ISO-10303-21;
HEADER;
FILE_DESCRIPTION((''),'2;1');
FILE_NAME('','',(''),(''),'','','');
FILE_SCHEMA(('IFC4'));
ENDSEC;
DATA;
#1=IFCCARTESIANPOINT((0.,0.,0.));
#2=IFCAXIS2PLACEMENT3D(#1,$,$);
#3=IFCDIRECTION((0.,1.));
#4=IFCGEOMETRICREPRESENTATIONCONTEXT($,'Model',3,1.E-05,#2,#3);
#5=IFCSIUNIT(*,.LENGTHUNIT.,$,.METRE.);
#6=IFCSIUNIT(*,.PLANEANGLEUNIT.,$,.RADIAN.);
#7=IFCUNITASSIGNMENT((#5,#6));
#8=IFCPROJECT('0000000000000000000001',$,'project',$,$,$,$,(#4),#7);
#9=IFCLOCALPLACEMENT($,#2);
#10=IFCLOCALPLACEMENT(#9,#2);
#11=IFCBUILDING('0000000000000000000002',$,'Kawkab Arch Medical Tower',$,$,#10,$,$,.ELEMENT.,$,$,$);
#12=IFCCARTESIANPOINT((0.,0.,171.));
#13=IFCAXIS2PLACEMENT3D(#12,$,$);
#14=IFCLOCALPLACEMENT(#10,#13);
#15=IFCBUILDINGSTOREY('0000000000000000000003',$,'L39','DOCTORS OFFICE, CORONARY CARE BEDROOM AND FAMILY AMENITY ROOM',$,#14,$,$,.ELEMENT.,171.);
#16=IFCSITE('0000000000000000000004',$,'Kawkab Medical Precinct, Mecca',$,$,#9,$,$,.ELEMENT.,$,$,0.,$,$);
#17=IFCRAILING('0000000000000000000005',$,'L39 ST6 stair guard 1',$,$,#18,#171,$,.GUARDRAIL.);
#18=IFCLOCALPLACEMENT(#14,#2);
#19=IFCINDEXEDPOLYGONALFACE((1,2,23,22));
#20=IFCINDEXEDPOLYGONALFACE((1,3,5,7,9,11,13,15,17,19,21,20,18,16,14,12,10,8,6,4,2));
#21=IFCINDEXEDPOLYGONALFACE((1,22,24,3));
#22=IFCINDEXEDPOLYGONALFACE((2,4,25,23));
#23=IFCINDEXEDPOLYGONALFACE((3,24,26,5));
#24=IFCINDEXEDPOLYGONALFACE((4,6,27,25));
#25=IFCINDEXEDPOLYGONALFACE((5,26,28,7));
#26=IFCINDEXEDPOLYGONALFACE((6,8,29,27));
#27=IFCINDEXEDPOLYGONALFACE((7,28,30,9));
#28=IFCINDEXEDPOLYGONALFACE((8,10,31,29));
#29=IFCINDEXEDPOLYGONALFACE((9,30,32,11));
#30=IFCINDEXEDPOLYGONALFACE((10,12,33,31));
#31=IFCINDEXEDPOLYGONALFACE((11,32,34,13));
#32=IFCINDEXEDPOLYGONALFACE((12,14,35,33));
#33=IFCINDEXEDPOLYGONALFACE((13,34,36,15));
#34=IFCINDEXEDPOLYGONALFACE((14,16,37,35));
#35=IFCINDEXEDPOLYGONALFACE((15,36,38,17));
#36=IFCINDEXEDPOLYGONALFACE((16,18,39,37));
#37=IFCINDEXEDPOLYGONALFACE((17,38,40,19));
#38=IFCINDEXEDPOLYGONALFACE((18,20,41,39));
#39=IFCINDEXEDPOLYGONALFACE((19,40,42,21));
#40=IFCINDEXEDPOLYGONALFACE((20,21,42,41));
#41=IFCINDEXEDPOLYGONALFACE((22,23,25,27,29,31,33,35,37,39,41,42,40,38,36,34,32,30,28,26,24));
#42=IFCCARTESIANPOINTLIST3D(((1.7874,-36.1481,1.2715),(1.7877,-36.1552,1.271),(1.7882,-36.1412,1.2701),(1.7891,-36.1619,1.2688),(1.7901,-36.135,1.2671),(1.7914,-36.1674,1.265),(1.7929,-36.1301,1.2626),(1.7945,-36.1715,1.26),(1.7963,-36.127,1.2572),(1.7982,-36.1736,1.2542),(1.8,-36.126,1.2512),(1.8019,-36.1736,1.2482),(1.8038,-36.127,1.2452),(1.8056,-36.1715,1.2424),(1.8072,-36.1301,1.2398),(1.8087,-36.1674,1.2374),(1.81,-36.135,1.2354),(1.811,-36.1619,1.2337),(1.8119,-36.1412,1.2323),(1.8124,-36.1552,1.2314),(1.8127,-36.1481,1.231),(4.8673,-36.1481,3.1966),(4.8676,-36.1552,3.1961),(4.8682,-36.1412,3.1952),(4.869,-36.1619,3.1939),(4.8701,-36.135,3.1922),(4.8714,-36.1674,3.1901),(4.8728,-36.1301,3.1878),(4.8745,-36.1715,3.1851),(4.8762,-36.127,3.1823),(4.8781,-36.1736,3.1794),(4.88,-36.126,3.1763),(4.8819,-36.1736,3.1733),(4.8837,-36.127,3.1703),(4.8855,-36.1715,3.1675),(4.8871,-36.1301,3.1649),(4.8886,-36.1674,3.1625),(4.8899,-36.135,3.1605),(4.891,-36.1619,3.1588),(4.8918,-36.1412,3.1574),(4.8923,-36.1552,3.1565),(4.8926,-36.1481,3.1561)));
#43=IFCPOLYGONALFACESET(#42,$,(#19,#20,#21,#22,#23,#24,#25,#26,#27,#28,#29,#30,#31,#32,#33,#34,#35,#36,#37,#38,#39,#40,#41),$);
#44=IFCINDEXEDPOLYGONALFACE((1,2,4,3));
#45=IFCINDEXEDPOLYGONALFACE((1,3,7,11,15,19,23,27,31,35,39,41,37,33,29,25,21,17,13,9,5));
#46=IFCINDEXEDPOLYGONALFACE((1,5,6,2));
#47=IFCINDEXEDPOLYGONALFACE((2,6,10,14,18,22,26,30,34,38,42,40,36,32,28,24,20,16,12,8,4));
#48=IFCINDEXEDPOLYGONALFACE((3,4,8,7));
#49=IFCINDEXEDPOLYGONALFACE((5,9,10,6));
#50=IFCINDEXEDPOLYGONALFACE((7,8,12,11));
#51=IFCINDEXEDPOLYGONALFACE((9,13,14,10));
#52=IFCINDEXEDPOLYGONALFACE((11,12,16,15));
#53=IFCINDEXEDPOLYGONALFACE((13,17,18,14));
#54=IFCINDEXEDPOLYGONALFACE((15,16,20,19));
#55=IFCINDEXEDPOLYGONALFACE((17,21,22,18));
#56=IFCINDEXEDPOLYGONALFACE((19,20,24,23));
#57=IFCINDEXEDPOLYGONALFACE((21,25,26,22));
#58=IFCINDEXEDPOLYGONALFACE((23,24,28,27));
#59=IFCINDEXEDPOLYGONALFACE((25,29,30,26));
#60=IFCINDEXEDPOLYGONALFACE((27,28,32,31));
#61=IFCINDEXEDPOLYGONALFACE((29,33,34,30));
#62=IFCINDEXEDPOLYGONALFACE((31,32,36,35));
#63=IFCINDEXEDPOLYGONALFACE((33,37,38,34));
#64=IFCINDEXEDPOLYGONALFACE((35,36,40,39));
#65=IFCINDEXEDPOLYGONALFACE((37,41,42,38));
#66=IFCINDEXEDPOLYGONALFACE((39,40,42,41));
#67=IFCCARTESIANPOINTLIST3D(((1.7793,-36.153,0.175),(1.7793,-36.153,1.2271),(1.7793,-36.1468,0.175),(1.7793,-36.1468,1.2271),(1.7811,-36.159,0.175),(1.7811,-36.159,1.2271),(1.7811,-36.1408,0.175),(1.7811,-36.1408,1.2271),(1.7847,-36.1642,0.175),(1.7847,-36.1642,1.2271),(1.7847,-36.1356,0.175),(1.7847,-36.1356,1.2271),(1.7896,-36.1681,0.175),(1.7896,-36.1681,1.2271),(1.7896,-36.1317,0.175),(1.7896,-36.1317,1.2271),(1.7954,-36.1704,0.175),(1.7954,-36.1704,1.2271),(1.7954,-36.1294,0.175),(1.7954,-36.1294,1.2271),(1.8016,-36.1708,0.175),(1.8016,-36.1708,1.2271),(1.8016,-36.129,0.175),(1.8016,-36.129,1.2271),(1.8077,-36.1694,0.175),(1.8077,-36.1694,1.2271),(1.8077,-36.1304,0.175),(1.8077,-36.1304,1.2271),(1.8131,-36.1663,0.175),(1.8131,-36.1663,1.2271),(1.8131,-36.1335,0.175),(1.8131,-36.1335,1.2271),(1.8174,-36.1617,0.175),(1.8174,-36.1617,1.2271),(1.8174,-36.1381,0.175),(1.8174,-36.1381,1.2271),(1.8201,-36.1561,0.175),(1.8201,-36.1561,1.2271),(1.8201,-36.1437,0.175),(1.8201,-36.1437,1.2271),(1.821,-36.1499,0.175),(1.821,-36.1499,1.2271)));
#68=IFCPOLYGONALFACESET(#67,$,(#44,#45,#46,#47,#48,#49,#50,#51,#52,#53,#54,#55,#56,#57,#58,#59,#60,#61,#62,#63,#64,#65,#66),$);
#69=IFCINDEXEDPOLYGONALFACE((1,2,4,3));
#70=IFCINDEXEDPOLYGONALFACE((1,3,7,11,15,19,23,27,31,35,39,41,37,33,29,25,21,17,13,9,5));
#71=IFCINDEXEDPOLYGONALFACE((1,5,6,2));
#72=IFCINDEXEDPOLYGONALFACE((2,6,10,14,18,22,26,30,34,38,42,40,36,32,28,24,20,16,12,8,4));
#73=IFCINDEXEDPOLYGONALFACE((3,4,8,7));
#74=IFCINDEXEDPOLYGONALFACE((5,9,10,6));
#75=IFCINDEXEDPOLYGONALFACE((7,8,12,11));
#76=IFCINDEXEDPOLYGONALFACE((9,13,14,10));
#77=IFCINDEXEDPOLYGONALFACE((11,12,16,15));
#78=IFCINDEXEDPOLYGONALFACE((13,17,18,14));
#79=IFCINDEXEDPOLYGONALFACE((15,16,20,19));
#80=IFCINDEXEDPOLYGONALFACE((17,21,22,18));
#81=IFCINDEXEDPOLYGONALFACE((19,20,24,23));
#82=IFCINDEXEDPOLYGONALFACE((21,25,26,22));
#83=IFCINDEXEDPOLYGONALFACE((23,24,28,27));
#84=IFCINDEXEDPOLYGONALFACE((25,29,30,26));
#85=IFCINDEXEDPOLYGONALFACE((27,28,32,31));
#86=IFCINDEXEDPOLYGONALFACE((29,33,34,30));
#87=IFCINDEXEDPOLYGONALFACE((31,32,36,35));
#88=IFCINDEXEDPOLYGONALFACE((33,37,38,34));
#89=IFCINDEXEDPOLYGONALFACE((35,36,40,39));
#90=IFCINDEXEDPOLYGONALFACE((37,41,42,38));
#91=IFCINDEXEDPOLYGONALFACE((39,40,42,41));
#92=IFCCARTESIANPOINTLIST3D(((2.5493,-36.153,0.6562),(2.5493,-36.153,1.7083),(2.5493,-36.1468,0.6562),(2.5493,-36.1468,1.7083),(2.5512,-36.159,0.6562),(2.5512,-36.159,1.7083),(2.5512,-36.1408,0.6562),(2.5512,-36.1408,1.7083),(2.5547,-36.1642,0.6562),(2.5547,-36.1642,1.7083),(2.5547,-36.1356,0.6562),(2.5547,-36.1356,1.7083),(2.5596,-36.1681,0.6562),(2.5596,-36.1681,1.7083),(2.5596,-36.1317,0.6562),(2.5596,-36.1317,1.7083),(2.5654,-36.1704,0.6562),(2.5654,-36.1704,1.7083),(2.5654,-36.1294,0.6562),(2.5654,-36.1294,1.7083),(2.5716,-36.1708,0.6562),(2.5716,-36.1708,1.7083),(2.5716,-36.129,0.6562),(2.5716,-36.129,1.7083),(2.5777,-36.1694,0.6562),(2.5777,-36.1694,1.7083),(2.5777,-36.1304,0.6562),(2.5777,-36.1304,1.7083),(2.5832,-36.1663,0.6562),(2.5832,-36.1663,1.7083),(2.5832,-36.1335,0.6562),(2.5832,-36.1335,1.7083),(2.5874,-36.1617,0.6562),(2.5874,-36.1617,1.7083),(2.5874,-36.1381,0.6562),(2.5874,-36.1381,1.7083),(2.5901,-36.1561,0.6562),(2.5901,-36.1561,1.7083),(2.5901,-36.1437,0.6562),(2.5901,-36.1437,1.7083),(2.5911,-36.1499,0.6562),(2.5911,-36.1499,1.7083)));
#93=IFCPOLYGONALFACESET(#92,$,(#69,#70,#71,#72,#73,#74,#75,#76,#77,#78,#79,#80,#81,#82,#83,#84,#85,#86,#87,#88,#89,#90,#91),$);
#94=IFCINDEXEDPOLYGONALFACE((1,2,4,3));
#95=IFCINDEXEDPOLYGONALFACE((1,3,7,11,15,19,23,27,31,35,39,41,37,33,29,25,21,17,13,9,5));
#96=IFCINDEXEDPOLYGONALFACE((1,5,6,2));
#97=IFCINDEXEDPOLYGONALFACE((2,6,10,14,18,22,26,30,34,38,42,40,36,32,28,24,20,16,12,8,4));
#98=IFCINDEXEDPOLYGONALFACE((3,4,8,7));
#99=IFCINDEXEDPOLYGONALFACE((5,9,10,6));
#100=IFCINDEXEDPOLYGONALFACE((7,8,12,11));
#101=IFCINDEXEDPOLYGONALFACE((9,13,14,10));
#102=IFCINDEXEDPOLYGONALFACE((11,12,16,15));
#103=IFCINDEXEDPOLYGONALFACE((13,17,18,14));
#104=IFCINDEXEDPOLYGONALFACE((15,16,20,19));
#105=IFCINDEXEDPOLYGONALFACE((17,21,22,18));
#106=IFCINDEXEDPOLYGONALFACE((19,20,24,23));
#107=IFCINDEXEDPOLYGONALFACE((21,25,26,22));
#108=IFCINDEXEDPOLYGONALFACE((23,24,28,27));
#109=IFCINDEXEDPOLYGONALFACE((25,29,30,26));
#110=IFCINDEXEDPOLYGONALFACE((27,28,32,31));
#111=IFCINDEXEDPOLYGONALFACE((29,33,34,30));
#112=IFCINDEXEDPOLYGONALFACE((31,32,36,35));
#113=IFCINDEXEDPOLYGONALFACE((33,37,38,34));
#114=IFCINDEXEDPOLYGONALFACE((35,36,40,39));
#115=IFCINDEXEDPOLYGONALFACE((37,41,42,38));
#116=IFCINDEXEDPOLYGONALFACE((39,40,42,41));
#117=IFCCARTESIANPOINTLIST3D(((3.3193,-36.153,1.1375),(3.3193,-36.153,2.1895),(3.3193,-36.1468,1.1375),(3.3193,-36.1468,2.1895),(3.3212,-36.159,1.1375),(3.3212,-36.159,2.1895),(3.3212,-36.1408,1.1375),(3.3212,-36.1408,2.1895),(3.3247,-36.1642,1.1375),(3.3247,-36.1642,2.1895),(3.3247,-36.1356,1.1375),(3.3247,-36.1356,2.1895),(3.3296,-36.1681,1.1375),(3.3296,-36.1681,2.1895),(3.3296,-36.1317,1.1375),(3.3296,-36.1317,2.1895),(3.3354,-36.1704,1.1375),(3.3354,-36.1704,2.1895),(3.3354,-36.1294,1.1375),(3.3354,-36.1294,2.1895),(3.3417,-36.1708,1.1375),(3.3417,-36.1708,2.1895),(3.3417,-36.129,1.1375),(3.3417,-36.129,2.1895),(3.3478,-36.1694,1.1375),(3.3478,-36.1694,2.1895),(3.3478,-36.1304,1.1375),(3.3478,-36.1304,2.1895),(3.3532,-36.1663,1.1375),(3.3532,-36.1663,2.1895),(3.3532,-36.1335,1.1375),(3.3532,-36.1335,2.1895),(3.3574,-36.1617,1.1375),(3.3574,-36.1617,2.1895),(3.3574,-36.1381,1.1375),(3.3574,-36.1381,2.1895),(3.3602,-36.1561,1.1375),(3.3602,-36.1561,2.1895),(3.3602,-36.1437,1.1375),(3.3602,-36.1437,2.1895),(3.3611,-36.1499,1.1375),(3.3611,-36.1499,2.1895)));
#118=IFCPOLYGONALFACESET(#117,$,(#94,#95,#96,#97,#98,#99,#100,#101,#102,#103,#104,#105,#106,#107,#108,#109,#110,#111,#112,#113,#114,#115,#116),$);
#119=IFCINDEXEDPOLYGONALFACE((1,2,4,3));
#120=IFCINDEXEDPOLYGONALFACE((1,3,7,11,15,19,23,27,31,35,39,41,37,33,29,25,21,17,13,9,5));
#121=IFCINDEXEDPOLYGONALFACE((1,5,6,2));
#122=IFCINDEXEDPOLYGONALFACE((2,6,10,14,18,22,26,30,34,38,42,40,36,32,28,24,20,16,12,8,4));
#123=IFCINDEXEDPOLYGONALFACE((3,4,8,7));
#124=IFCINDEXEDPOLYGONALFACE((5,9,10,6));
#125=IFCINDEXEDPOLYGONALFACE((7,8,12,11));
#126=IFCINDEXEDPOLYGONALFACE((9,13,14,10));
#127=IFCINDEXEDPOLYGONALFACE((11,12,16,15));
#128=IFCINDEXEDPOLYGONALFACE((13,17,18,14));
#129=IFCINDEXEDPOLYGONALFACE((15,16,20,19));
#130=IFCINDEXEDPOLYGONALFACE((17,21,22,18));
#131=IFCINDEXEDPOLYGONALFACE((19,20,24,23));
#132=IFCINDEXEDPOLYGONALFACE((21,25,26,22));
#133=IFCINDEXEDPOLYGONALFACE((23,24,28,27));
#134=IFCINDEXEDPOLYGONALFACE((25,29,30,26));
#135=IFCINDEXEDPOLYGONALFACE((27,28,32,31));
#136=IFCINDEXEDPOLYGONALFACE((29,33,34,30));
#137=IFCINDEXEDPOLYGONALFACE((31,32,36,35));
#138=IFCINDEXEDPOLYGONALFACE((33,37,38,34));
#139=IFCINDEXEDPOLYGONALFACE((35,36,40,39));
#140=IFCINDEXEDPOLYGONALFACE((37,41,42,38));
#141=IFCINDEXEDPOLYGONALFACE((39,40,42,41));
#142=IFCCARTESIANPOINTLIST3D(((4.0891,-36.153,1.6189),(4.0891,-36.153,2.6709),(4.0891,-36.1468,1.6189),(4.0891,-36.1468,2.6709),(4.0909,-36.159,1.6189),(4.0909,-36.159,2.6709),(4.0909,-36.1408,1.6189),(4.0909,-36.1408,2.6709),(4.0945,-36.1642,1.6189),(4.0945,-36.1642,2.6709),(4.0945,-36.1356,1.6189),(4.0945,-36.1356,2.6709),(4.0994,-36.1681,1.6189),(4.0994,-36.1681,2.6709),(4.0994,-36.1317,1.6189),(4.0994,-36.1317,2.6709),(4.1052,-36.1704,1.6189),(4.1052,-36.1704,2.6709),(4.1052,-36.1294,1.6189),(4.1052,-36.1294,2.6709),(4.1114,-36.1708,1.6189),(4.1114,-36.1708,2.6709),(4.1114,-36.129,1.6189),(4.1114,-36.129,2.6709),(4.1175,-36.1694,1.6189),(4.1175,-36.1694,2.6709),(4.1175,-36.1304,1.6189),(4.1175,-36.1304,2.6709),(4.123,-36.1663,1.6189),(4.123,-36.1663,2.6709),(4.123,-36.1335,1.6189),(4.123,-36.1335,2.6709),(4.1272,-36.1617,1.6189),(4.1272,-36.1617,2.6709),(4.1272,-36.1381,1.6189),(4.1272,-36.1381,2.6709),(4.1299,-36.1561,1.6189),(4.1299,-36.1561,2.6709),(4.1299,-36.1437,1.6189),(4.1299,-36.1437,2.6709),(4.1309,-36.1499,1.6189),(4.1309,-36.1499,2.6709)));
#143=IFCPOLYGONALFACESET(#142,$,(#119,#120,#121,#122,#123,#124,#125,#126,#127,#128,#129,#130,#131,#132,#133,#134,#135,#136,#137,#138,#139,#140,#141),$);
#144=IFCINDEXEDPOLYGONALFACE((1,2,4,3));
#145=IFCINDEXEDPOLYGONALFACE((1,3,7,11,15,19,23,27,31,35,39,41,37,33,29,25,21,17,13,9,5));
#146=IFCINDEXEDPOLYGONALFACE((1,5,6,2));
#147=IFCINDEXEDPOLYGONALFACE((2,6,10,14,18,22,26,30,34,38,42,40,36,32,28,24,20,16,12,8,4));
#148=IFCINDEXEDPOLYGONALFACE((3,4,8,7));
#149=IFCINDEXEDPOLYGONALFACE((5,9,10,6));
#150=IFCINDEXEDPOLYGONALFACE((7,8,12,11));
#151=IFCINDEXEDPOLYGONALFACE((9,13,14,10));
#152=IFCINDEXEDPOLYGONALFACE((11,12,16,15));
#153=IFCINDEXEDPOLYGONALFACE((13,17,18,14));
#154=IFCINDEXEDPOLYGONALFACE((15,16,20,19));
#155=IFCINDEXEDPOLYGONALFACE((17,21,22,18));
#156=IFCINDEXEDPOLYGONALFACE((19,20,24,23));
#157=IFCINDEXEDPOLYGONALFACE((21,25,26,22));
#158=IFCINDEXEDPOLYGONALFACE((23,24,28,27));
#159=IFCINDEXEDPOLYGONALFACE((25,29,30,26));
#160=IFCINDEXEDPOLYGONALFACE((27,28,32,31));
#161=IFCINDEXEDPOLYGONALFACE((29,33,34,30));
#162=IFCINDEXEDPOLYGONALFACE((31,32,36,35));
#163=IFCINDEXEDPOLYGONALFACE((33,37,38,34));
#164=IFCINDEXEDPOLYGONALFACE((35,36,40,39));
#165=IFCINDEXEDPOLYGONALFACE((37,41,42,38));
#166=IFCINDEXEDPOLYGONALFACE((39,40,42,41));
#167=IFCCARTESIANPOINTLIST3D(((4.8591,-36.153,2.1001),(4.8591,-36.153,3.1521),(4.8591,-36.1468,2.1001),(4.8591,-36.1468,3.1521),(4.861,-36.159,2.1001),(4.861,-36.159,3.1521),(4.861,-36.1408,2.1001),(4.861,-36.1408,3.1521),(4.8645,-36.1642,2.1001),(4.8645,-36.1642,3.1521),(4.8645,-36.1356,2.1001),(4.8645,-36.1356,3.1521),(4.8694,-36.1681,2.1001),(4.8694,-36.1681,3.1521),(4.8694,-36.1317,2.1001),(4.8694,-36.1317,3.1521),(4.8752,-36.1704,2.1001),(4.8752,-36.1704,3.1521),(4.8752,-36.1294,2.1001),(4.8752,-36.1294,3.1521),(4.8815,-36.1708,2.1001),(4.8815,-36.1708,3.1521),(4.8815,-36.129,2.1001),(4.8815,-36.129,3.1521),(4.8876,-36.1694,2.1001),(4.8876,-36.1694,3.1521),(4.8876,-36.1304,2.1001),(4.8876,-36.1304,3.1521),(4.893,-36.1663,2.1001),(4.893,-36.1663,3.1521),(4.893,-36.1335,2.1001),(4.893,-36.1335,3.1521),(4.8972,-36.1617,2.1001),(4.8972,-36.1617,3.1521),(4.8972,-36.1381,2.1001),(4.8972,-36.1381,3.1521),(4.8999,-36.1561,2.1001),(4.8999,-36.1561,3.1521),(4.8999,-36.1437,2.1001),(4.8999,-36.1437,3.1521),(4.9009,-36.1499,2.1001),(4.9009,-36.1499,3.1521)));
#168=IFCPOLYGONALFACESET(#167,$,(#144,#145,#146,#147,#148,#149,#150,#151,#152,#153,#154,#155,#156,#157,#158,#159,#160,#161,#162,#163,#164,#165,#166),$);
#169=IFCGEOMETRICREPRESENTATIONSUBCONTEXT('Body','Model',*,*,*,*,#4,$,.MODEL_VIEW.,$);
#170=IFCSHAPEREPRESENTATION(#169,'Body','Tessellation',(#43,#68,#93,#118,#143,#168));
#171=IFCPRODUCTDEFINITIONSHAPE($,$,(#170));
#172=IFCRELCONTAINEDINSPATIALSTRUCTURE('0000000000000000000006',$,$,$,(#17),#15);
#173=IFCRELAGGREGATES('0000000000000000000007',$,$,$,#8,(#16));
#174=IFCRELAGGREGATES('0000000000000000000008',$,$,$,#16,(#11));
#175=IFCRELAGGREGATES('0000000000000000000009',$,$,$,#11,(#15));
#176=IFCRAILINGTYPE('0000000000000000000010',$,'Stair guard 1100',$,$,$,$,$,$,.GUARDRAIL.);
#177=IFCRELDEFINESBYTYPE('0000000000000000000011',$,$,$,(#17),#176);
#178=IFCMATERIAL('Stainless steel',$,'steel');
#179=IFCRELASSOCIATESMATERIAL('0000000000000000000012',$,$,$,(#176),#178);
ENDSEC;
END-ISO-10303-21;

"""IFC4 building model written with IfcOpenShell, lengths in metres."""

from ifc_helpers import new_model, si_unit, direction, frame, origin, origin_2d, place, context, subcontext, project, spatial, circle, extrude, material, type_object, element, save


model = new_model("IFC4")

# Units and contexts
model_context = context("Model", 3, precision=1e-05, world=origin(), true_north=direction((0.0, 1.0)))
body_context = subcontext(model_context, "Body", "Model", "MODEL_VIEW")
ifc_project = project(units=[si_unit("LENGTHUNIT", "METRE"), si_unit("PLANEANGLEUNIT", "RADIAN")], contexts=[model_context])

# Site, building, storey
site_placement = place(None, origin())
site = spatial("IfcSite", under=ifc_project, at=site_placement, Name="Kawkab Medical Precinct, Mecca", CompositionType="ELEMENT", RefElevation=0.0)
building_placement = place(site_placement, origin())
building = spatial("IfcBuilding", under=site, at=building_placement, Name="Kawkab Arch Medical Tower", CompositionType="ELEMENT")
storey_placement = place(building_placement, frame((0.0, 0.0, 171.0)))
storey = spatial("IfcBuildingStorey", under=building, at=storey_placement, Name="L39", Description="DOCTORS OFFICE, CORONARY CARE BEDROOM AND FAMILY AMENITY ROOM", CompositionType="ELEMENT", Elevation=171.0)

# Railing
ifc_material_1 = material(Name="Stainless steel", Category="steel")
railing_type = type_object("IfcRailingType", Name="Stair guard 1100", PredefinedType="GUARDRAIL", material=ifc_material_1)
railing_1_placement = place(storey_placement, frame((1.8, -36.1499, 0.175)))
element("IfcRailing", 1, at=railing_1_placement, inside=storey, type_object=railing_type, Name="L39 ST6 stair guard 1", PredefinedType="GUARDRAIL", context=body_context, shape_type="SweptSolid", body=[
    extrude(circle(Radius=0.0239, at=origin_2d()), frame((0.0, 0.0, 1.0762), z_axis=(0.847979, 0.0, 0.530029), x_axis=(0.0, 1.0, 0.0)), (0.0, 0.0, 1.0), 3.6321),
    extrude(circle(Radius=0.021, at=origin_2d()), origin(), (0.0, 0.0, 1.0), 1.052),
    extrude(circle(Radius=0.021, at=origin_2d()), frame((0.77, 0.0, 0.4812)), (0.0, 0.0, 1.0), 1.052),
    extrude(circle(Radius=0.021, at=origin_2d()), frame((1.54, 0.0, 0.9624)), (0.0, 0.0, 1.0), 1.052),
    extrude(circle(Radius=0.021, at=origin_2d()), frame((2.3098, 0.0, 1.4438)), (0.0, 0.0, 1.0), 1.052),
    extrude(circle(Radius=0.021, at=origin_2d()), frame((3.0798, 0.0, 1.925)), (0.0, 0.0, 1.0), 1.052),
])

save(model, "model.ifc")
